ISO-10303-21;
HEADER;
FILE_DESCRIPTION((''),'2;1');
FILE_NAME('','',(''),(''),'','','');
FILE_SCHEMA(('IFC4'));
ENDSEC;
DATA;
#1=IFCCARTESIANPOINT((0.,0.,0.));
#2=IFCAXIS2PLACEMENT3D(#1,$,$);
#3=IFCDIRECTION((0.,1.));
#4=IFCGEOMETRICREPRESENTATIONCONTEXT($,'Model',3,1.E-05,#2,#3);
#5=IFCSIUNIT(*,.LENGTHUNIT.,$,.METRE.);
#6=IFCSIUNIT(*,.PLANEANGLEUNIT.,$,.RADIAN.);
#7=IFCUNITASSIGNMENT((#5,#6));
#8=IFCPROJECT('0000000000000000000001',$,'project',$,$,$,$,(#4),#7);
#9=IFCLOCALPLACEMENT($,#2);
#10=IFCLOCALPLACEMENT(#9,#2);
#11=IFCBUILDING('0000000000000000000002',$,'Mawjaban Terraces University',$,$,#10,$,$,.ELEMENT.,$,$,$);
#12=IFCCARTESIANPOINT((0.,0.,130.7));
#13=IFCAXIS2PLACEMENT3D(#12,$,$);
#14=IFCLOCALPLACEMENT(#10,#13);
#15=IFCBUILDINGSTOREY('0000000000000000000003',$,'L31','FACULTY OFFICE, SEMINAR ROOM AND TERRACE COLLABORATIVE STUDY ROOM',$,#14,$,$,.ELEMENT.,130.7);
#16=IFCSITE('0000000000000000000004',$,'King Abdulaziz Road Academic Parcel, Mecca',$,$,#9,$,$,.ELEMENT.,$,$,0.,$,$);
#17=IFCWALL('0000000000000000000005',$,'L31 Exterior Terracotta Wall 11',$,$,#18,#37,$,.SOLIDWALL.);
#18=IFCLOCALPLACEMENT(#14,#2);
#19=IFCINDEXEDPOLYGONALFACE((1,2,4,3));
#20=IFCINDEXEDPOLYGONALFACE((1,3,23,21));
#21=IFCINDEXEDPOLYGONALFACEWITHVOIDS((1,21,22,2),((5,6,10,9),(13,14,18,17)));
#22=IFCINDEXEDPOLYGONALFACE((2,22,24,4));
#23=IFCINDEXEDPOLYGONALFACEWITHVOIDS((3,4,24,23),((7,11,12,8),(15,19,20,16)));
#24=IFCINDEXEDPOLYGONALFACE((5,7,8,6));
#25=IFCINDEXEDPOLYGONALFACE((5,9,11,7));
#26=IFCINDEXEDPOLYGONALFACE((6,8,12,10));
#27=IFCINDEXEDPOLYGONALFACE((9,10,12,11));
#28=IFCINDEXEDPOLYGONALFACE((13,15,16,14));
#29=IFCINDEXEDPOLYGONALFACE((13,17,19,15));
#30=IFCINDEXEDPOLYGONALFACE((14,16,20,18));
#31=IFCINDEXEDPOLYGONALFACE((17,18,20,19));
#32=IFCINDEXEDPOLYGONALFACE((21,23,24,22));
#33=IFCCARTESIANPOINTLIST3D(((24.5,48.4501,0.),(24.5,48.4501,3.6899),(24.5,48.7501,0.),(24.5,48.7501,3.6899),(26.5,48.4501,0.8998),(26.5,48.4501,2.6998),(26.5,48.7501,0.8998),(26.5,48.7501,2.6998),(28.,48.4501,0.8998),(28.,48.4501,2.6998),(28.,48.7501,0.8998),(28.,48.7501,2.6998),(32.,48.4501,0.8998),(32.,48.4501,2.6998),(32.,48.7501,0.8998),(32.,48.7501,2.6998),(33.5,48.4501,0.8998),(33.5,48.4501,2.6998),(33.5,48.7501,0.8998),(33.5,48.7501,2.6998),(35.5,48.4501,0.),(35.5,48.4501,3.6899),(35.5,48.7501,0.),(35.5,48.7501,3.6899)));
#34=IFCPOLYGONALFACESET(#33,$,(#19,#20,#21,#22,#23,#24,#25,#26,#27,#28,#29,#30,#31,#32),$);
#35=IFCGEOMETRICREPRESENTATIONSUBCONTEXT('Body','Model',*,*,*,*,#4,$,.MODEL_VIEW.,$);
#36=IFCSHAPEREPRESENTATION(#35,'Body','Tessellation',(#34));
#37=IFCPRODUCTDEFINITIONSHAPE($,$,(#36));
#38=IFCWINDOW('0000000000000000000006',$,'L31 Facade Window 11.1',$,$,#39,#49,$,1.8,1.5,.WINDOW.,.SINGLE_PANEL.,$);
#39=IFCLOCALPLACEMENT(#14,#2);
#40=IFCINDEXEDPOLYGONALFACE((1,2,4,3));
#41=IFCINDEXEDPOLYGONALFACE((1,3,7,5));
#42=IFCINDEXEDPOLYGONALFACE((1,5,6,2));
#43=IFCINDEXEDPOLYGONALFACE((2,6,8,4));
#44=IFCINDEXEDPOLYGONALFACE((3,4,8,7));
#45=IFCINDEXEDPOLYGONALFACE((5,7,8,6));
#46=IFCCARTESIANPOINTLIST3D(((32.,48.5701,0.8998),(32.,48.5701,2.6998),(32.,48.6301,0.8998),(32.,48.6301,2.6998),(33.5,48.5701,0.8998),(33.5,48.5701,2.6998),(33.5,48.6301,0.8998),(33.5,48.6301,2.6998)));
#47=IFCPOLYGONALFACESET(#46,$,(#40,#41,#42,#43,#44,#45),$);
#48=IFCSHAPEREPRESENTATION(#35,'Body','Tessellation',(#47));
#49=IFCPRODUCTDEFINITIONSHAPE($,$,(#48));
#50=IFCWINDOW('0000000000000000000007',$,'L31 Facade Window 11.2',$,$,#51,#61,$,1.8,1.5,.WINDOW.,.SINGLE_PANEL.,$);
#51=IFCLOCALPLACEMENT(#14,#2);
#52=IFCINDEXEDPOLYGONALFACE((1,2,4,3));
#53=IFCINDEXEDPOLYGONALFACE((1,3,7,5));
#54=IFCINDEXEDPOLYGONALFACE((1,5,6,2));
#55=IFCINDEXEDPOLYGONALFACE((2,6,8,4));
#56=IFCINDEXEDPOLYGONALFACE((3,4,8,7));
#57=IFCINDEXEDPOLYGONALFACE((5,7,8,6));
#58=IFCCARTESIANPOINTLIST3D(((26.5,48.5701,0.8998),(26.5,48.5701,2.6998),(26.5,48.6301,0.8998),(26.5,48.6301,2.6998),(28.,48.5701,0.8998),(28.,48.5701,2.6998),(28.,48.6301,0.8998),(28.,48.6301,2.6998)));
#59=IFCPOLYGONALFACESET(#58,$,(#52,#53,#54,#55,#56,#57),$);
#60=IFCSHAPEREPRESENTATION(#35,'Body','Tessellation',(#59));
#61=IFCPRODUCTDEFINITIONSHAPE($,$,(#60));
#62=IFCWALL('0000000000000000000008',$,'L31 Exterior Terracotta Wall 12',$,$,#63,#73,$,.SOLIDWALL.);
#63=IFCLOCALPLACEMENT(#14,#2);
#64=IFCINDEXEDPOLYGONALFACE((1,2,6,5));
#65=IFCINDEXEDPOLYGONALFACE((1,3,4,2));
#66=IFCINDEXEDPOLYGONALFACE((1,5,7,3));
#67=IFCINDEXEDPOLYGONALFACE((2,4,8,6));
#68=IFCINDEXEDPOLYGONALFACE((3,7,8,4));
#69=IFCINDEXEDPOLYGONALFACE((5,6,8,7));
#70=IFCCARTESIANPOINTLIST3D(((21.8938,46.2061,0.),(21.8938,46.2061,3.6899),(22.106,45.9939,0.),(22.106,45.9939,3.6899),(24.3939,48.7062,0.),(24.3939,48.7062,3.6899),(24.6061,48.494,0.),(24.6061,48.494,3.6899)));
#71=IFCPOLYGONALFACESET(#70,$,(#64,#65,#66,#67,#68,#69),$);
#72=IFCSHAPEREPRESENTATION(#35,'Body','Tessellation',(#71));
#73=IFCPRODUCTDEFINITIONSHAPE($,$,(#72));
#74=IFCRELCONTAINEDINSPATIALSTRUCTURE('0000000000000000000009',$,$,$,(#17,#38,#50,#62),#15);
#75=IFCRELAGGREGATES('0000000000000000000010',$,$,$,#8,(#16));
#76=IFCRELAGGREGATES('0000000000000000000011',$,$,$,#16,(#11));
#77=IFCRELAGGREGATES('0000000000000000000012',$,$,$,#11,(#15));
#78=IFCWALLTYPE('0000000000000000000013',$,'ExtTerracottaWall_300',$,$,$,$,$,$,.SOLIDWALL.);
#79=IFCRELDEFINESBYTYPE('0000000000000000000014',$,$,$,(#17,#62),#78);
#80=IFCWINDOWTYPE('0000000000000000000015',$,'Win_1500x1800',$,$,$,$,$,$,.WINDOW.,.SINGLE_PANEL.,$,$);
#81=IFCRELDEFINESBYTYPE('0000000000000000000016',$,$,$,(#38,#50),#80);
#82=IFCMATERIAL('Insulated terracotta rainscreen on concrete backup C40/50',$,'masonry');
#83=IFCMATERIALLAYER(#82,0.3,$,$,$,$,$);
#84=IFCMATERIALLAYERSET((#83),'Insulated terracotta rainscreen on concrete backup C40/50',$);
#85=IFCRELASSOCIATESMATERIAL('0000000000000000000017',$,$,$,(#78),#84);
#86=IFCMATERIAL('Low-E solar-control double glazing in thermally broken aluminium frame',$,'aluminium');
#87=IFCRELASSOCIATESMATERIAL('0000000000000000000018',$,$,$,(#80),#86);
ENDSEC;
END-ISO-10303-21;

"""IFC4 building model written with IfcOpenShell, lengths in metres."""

from ifc_helpers import new_model, si_unit, direction, frame, frame_2d, origin, place, context, subcontext, project, spatial, rectangle, extrude, material, layer, layer_set, type_object, element, fill, save


model = new_model("IFC4")

# Units and contexts
model_context = context("Model", 3, precision=1e-05, world=origin(), true_north=direction((0.0, 1.0)))
body_context = subcontext(model_context, "Body", "Model", "MODEL_VIEW")
ifc_project = project(units=[si_unit("LENGTHUNIT", "METRE"), si_unit("PLANEANGLEUNIT", "RADIAN")], contexts=[model_context])

# Site, building, storey
site_placement = place(None, origin())
site = spatial("IfcSite", under=ifc_project, at=site_placement, Name="King Abdulaziz Road Academic Parcel, Mecca", CompositionType="ELEMENT", RefElevation=0.0)
building_placement = place(site_placement, origin())
building = spatial("IfcBuilding", under=site, at=building_placement, Name="Mawjaban Terraces University", CompositionType="ELEMENT")
storey_placement = place(building_placement, frame((0.0, 0.0, 130.7)))
storey = spatial("IfcBuildingStorey", under=building, at=storey_placement, Name="L31", Description="FACULTY OFFICE, SEMINAR ROOM AND TERRACE COLLABORATIVE STUDY ROOM", CompositionType="ELEMENT", Elevation=130.7)

# Wall, openings, windows
ifc_material_1 = material(Name="Insulated terracotta rainscreen on concrete backup C40/50", Category="masonry")
ifc_layer_1 = layer(ifc_material_1, 0.3)
ifc_layer_set_1 = layer_set([ifc_layer_1], Name="Insulated terracotta rainscreen on concrete backup C40/50")
wall_type_1 = type_object("IfcWallType", Name="ExtTerracottaWall_300", PredefinedType="SOLIDWALL", material=ifc_layer_set_1)
wall_1_placement = place(storey_placement, frame((35.5, 48.6001, 0.0), z_axis=(0.0, 0.0, 1.0), x_axis=(-1.0, 0.0, 0.0)))
wall_1 = element("IfcWall", 1, at=wall_1_placement, inside=storey, type_object=wall_type_1, Name="L31 Exterior Terracotta Wall 11", PredefinedType="SOLIDWALL", context=body_context, shape_type="SweptSolid", body=[
    extrude(rectangle(XDim=11.0, YDim=0.3, at=frame_2d((5.5, 0.0))), origin(), (0.0, 0.0, 1.0), 3.6899),
])
opening_1_placement = place(wall_1_placement, frame((2.0, 0.0, 0.8999)))
opening_1 = element("IfcOpeningElement", 2, at=opening_1_placement, cuts=wall_1, PredefinedType="OPENING", context=body_context, shape_type="SweptSolid", body=[
    extrude(rectangle(XDim=1.5, YDim=1.8, at=frame_2d((0.75, 0.8999))), frame((0.0, 0.1599, 0.0), z_axis=(0.0, -1.0, 0.0), x_axis=(1.0, 0.0, 0.0)), (0.0, 0.0, 1.0), 0.3201),
])
opening_2_placement = place(wall_1_placement, frame((7.5, 0.0, 0.8999)))
opening_2 = element("IfcOpeningElement", 3, at=opening_2_placement, cuts=wall_1, PredefinedType="OPENING", context=body_context, shape_type="SweptSolid", body=[
    extrude(rectangle(XDim=1.5, YDim=1.8, at=frame_2d((0.75, 0.8999))), frame((0.0, 0.1599, 0.0), z_axis=(0.0, -1.0, 0.0), x_axis=(1.0, 0.0, 0.0)), (0.0, 0.0, 1.0), 0.3201),
])
ifc_material_2 = material(Name="Low-E solar-control double glazing in thermally broken aluminium frame", Category="aluminium")
window_type_1 = type_object("IfcWindowType", Name="Win_1500x1800", PartitioningType="SINGLE_PANEL", PredefinedType="WINDOW", material=ifc_material_2)
window_1_placement = place(opening_1_placement, origin())
window_1 = element("IfcWindow", 4, at=window_1_placement, inside=storey, type_object=window_type_1, Name="L31 Facade Window 11.1", OverallHeight=1.8, OverallWidth=1.5, PartitioningType="SINGLE_PANEL", PredefinedType="WINDOW", context=body_context, shape_type="SweptSolid", body=[
    extrude(rectangle(XDim=1.5, YDim=1.8, at=frame_2d((0.75, 0.8999))), frame((0.0, 0.03, 0.0), z_axis=(0.0, -1.0, 0.0), x_axis=(1.0, 0.0, 0.0)), (0.0, 0.0, 1.0), 0.0601),
])
fill(opening_1, window_1)
window_2_placement = place(opening_2_placement, origin())
window_2 = element("IfcWindow", 5, at=window_2_placement, inside=storey, type_object=window_type_1, Name="L31 Facade Window 11.2", OverallHeight=1.8, OverallWidth=1.5, PartitioningType="SINGLE_PANEL", PredefinedType="WINDOW", context=body_context, shape_type="SweptSolid", body=[
    extrude(rectangle(XDim=1.5, YDim=1.8, at=frame_2d((0.75, 0.8999))), frame((0.0, 0.03, 0.0), z_axis=(0.0, -1.0, 0.0), x_axis=(1.0, 0.0, 0.0)), (0.0, 0.0, 1.0), 0.0601),
])
fill(opening_2, window_2)

# Wall
wall_2_placement = place(storey_placement, frame((24.5, 48.6001, 0.0), z_axis=(0.0, 0.0, 1.0), x_axis=(-0.707107, -0.707107, 0.0)))
element("IfcWall", 6, at=wall_2_placement, inside=storey, type_object=wall_type_1, Name="L31 Exterior Terracotta Wall 12", PredefinedType="SOLIDWALL", context=body_context, shape_type="SweptSolid", body=[
    extrude(rectangle(XDim=3.5356, YDim=0.3, at=frame_2d((1.7678, 0.0))), origin(), (0.0, 0.0, 1.0), 3.6899),
])

save(model, "model.ifc")
